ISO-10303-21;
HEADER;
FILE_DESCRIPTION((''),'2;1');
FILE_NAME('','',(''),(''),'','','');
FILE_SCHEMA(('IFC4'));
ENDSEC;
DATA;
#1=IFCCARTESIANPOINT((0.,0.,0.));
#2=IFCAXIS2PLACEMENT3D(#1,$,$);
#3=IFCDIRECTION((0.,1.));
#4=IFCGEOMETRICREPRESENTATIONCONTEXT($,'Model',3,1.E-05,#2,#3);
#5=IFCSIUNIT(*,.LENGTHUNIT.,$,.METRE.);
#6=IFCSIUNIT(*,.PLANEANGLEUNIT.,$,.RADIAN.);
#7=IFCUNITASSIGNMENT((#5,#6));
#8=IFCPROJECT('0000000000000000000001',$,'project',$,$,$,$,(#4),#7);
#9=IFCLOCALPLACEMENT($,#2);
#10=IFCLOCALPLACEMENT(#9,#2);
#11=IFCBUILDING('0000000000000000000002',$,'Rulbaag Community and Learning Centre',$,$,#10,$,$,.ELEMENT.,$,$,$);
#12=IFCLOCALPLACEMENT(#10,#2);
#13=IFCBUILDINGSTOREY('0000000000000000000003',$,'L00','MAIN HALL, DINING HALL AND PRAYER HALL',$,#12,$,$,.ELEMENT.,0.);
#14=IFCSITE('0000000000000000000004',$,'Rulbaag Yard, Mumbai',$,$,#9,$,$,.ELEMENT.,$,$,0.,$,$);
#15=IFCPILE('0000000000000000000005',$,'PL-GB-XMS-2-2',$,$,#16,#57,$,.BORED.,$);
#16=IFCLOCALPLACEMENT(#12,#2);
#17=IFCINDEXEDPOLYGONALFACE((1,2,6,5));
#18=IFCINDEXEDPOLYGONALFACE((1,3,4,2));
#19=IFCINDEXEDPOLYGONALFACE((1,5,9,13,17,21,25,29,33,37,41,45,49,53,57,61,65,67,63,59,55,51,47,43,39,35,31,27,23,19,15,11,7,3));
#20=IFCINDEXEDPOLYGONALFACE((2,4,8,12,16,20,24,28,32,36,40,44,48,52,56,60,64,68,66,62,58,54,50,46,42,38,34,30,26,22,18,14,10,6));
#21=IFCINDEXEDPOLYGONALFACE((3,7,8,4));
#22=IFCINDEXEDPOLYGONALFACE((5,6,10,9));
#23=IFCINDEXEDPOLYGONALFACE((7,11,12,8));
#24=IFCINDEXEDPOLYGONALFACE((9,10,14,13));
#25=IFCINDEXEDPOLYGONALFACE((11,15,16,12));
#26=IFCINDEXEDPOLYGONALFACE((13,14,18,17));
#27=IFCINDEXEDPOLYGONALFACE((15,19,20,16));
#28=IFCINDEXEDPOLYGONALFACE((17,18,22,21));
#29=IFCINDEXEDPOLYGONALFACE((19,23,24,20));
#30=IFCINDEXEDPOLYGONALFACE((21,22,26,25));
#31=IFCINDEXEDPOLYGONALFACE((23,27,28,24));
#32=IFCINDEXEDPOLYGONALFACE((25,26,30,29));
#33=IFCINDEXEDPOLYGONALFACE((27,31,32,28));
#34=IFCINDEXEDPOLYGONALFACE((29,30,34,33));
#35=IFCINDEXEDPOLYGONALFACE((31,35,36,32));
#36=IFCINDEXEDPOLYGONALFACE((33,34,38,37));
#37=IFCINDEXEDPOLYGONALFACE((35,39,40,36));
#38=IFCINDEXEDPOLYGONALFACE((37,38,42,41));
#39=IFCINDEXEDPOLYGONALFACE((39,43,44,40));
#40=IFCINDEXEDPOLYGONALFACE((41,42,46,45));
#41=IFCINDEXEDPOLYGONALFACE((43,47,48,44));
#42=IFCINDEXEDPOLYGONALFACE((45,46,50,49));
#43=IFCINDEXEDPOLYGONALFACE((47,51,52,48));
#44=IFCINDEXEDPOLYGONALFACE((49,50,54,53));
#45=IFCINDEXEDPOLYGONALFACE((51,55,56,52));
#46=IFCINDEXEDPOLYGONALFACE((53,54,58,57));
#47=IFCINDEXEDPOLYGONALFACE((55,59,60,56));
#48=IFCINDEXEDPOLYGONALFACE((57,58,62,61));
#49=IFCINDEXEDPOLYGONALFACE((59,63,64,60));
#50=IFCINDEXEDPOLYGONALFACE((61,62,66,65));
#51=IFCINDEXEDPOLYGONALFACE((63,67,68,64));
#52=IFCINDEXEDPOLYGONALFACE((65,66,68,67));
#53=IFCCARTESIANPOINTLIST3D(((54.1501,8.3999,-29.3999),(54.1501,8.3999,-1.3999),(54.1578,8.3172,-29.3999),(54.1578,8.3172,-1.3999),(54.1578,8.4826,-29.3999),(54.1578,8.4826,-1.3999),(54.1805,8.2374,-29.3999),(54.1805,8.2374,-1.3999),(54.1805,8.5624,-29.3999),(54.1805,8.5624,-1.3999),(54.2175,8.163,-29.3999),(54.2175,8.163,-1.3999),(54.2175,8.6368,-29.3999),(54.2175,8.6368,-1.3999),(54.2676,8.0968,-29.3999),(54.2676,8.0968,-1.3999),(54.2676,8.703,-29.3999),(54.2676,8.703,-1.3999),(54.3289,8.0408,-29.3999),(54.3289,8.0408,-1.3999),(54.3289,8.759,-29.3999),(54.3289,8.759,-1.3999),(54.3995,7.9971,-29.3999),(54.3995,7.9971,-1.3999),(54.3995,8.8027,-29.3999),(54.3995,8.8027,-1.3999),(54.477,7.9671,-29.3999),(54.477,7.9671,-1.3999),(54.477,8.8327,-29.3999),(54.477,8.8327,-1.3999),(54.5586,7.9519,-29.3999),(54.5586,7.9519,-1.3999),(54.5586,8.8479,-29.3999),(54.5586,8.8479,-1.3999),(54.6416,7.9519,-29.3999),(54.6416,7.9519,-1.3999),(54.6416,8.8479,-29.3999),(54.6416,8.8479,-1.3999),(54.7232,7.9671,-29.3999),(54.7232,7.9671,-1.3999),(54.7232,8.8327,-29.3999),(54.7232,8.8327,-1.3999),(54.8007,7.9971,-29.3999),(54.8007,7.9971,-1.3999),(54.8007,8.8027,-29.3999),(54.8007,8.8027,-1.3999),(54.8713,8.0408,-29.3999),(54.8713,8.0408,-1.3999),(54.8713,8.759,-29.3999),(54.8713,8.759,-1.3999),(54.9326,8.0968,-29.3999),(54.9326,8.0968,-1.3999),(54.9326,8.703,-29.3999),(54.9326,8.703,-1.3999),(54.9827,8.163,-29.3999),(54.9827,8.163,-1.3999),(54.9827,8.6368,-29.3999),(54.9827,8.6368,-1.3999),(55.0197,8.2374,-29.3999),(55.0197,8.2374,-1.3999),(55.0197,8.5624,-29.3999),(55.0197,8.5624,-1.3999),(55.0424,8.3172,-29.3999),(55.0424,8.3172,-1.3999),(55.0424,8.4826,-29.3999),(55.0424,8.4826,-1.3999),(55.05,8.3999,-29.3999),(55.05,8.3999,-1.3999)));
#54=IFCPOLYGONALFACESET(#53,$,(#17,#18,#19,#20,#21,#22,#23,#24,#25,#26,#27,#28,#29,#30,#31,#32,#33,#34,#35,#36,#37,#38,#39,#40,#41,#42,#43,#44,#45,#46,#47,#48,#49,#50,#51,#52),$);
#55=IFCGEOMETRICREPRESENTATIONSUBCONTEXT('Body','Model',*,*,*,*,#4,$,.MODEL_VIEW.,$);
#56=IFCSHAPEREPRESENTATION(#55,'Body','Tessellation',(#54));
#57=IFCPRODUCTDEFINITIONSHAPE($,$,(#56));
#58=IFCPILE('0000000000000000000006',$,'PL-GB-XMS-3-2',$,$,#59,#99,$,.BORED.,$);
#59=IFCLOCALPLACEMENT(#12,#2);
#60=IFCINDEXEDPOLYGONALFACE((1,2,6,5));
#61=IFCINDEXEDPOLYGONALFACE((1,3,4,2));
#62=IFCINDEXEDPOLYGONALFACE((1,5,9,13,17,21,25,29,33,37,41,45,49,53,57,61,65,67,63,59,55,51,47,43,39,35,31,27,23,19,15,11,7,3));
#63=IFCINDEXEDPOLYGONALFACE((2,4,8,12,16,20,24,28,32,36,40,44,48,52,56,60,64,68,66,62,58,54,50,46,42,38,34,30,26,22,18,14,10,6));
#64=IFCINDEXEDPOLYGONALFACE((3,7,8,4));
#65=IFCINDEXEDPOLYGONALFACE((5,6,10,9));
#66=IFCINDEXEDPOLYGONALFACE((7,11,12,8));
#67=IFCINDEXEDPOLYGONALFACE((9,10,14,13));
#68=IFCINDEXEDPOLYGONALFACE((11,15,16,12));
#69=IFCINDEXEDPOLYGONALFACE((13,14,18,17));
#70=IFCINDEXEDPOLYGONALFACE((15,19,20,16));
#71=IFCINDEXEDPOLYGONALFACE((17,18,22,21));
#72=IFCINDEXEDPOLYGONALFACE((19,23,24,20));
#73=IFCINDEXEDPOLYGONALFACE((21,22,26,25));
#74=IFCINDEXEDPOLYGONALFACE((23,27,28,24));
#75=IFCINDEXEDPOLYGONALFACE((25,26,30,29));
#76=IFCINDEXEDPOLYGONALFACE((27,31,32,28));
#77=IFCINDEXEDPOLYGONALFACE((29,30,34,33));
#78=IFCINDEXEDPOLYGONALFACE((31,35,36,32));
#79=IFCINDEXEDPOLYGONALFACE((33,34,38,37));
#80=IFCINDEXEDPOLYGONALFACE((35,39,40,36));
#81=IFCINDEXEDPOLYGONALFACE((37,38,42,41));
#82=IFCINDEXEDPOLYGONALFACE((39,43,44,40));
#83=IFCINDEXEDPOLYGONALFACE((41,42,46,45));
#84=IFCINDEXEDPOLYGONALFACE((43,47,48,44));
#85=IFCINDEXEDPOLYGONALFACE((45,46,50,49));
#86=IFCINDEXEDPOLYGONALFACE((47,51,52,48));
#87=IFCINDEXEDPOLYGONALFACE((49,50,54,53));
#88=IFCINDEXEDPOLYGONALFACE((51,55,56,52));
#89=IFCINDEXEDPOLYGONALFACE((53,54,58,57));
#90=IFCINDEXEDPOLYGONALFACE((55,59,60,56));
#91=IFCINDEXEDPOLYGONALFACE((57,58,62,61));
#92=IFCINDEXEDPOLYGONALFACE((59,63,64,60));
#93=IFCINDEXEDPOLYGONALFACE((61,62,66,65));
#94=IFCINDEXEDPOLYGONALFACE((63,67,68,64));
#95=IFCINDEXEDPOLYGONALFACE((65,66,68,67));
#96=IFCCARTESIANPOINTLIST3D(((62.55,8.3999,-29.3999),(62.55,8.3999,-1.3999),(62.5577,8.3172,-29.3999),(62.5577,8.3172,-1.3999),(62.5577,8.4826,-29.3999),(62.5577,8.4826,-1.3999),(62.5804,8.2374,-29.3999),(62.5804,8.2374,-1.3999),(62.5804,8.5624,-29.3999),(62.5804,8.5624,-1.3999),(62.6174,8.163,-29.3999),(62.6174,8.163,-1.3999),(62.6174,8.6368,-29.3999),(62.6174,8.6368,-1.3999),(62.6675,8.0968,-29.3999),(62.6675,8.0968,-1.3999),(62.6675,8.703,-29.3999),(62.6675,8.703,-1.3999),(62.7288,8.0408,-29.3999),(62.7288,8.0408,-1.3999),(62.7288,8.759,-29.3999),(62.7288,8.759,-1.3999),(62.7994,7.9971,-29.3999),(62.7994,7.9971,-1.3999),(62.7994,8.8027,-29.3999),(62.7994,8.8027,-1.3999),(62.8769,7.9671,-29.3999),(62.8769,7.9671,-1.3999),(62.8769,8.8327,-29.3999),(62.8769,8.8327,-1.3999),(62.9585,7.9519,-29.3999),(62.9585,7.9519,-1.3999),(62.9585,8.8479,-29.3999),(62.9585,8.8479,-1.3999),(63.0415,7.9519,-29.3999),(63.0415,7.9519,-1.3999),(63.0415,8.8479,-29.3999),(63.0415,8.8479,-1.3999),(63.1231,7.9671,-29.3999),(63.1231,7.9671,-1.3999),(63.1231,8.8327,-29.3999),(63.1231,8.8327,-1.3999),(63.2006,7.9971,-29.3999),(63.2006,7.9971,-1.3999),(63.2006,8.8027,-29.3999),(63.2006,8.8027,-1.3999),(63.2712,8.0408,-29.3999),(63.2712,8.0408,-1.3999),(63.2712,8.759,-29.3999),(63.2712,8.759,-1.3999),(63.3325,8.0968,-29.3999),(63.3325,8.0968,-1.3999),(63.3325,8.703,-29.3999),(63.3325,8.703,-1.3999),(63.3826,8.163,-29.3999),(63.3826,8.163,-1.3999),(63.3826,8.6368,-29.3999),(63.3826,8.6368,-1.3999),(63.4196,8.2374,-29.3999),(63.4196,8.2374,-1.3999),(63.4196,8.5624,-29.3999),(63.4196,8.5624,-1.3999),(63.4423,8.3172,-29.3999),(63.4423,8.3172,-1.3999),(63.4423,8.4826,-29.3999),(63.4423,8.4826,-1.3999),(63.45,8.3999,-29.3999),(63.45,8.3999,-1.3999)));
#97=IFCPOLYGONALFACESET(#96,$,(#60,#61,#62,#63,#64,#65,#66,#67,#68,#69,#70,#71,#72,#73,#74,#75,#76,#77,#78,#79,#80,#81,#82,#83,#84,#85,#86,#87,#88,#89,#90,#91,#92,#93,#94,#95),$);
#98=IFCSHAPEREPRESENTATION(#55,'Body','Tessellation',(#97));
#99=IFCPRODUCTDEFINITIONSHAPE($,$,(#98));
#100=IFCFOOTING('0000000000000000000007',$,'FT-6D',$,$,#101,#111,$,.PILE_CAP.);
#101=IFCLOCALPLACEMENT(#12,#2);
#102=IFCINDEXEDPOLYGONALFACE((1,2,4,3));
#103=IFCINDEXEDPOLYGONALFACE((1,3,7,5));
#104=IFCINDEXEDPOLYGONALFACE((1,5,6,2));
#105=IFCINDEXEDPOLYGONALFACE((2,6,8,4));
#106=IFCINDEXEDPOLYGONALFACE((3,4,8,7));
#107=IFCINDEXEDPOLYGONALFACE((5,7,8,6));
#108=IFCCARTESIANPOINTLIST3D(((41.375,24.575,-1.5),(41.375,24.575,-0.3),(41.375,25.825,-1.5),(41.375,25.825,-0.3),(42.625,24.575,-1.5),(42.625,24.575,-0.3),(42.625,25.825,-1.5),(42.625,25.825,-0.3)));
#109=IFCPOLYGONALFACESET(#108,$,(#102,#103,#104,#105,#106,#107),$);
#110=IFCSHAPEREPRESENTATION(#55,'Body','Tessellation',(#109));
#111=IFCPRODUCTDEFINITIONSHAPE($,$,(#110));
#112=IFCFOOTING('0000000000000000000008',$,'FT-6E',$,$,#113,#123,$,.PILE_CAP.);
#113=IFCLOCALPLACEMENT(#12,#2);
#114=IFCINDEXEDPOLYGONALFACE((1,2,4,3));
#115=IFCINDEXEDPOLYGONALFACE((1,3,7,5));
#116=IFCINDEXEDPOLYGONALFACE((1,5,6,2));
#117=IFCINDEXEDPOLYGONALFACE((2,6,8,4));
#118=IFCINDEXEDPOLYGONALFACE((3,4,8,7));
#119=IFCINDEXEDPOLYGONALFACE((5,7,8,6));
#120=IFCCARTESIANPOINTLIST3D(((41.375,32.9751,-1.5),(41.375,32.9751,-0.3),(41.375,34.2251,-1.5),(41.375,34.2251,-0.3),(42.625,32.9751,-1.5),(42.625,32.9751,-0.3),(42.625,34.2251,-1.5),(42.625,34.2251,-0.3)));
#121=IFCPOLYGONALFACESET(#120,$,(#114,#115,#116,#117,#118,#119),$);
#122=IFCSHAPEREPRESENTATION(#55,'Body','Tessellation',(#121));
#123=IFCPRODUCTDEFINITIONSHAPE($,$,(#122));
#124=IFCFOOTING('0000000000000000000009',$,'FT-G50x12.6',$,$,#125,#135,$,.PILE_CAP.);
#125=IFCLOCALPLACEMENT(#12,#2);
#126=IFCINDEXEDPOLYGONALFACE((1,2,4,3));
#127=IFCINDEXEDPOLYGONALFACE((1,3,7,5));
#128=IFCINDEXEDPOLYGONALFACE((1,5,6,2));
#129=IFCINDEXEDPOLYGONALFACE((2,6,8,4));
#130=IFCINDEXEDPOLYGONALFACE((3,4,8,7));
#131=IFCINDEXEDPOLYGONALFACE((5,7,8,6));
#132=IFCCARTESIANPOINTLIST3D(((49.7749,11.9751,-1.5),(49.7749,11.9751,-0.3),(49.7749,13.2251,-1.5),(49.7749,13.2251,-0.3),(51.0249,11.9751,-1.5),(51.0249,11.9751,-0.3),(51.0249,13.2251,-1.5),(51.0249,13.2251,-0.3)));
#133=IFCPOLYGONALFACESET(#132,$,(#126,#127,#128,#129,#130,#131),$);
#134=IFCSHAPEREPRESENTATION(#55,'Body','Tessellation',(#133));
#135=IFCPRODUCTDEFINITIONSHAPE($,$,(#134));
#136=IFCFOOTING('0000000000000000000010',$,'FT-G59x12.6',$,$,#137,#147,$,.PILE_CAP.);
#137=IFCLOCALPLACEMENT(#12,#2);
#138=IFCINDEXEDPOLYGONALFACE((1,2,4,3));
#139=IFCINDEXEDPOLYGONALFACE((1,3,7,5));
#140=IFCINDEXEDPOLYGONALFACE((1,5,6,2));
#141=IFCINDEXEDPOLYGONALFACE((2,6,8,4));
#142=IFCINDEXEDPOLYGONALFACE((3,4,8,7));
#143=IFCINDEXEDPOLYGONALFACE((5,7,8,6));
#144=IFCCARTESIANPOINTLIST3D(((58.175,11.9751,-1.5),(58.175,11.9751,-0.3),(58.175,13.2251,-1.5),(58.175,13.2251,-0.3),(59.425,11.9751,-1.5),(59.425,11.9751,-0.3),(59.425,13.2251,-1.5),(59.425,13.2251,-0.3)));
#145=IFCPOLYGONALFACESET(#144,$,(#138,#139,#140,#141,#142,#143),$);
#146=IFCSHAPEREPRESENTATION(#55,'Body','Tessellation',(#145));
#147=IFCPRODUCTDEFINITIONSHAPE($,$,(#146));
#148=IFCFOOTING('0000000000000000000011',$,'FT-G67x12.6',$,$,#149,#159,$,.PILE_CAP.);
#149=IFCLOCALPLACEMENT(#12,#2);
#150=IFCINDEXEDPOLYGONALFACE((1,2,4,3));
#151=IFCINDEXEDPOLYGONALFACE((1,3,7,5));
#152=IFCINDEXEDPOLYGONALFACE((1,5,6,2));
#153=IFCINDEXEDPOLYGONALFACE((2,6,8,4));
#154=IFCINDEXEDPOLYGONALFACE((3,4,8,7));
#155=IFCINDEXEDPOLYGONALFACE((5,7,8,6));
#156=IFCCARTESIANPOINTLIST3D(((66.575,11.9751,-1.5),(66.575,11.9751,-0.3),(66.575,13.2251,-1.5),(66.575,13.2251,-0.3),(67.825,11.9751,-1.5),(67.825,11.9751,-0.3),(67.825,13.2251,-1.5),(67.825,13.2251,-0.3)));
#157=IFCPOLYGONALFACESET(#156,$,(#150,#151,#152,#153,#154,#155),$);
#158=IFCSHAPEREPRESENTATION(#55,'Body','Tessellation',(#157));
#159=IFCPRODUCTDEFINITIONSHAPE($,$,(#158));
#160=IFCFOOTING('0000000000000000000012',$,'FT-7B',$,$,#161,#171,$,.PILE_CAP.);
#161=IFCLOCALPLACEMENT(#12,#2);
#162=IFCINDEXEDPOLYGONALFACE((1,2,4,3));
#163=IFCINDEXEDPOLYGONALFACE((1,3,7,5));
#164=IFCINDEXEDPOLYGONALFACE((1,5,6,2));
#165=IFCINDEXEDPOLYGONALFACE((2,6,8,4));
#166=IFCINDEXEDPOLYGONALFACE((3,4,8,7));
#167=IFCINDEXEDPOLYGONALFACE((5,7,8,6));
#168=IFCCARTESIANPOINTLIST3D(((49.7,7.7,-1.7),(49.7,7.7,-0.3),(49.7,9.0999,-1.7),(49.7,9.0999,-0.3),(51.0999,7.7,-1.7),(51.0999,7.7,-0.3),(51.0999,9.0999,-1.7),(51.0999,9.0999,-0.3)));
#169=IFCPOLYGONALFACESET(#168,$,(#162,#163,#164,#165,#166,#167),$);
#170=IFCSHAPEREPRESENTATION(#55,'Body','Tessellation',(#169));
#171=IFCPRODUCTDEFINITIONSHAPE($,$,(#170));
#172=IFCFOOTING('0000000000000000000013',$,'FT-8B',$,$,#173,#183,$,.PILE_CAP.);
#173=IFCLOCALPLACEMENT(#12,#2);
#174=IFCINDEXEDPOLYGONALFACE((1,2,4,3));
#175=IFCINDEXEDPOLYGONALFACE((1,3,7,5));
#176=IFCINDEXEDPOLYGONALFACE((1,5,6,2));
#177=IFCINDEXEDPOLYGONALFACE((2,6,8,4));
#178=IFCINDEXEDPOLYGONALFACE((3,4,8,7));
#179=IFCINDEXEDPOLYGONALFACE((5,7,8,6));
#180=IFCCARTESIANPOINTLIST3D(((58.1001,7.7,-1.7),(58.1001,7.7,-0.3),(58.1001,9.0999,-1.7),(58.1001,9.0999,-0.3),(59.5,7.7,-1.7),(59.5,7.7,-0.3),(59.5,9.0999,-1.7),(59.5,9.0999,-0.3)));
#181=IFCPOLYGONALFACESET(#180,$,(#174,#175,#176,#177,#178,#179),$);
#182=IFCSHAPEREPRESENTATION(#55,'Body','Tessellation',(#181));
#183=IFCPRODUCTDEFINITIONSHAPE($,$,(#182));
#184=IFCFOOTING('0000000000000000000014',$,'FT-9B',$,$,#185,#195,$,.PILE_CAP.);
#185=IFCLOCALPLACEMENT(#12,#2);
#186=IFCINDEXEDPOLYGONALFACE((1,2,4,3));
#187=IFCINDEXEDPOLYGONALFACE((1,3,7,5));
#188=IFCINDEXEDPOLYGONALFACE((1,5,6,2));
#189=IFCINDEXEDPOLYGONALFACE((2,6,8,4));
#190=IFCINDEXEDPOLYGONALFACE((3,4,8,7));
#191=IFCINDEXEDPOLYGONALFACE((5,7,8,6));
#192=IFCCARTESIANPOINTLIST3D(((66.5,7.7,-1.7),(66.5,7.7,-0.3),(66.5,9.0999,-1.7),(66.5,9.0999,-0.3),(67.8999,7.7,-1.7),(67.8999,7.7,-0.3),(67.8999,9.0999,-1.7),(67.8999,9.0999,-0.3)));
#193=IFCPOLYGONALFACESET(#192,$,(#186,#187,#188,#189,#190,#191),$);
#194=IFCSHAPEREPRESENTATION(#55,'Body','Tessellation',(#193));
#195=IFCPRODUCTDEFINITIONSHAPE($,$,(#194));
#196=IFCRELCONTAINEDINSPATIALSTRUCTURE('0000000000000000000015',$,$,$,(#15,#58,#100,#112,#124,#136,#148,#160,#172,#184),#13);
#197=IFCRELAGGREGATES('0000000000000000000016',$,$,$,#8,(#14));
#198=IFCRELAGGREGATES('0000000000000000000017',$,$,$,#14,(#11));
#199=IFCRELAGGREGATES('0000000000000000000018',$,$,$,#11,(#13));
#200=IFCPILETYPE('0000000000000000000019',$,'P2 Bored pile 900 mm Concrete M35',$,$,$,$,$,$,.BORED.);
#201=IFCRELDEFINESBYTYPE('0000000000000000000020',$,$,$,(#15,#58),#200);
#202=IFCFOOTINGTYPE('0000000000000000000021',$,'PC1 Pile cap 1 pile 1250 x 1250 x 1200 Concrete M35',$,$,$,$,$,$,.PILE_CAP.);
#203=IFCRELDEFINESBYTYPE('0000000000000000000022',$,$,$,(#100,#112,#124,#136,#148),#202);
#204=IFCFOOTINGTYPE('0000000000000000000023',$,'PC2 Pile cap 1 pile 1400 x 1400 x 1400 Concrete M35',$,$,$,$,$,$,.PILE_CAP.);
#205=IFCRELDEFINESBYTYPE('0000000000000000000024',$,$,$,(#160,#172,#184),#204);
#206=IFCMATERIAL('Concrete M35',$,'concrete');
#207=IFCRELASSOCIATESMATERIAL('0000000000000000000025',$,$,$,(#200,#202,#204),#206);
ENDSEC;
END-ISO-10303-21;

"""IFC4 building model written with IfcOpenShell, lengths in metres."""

from ifc_helpers import new_model, si_unit, direction, frame, origin, origin_2d, place, context, subcontext, project, spatial, rectangle, circle, extrude, material, material_profile, profile_set, type_object, element, save


model = new_model("IFC4")

# Units and contexts
model_context = context("Model", 3, precision=1e-05, world=origin(), true_north=direction((0.0, 1.0)))
body_context = subcontext(model_context, "Body", "Model", "MODEL_VIEW")
ifc_project = project(units=[si_unit("LENGTHUNIT", "METRE"), si_unit("PLANEANGLEUNIT", "RADIAN")], contexts=[model_context])

# Site, building, storey
site_placement = place(None, origin())
site = spatial("IfcSite", under=ifc_project, at=site_placement, Name="Rulbaag Yard, Mumbai", CompositionType="ELEMENT", RefElevation=0.0)
building_placement = place(site_placement, origin())
building = spatial("IfcBuilding", under=site, at=building_placement, Name="Rulbaag Community and Learning Centre", CompositionType="ELEMENT")
storey_placement = place(building_placement, origin())
storey = spatial("IfcBuildingStorey", under=building, at=storey_placement, Name="L00", Description="MAIN HALL, DINING HALL AND PRAYER HALL", CompositionType="ELEMENT", Elevation=0.0)

# Shared definitions
ifc_material_1 = material(Name="Concrete M35", Category="concrete")

# Piles
ifc_material_profile_1 = material_profile(ifc_material_1, circle(Radius=0.45, at=origin_2d()), Name="BP900")
ifc_profile_set_1 = profile_set([ifc_material_profile_1], Name="Concrete M35")
pile_type_1 = type_object("IfcPileType", Name="P2 Bored pile 900 mm Concrete M35", PredefinedType="BORED", material=ifc_profile_set_1)
for number, where, z_axis, x_axis, name in (
    (1, (54.6001, 8.3999, -1.3999), (0.0, 0.0, -1.0), (1.0, 0.0, 0.0), "PL-GB-XMS-2-2"),
    (2, (63.0, 8.3999, -1.3999), (0.0, 0.0, -1.0), (1.0, 0.0, 0.0), "PL-GB-XMS-3-2"),
):
    element("IfcPile", number, at=place(storey_placement, frame(where, z_axis=z_axis, x_axis=x_axis)), inside=storey, type_object=pile_type_1, Name=name, PredefinedType="BORED", context=body_context, shape_type="SweptSolid", body=[
        extrude(circle(Radius=0.45, at=origin_2d()), origin(), (0.0, 0.0, 1.0), 28.0),
    ])

# Footings
footing_type_1 = type_object("IfcFootingType", Name="PC1 Pile cap 1 pile 1250 x 1250 x 1200 Concrete M35", PredefinedType="PILE_CAP", material=ifc_material_1)
for number, where, z_axis, x_axis, name in (
    (3, (42.0, 25.2, -1.5), (0.0, 0.0, 1.0), (1.0, 0.0, 0.0), "FT-6D"),
    (4, (42.0, 33.6001, -1.5), (0.0, 0.0, 1.0), (1.0, 0.0, 0.0), "FT-6E"),
    (5, (50.3999, 12.6001, -1.5), (0.0, 0.0, 1.0), (1.0, 0.0, 0.0), "FT-G50x12.6"),
    (6, (58.8, 12.6001, -1.5), (0.0, 0.0, 1.0), (1.0, 0.0, 0.0), "FT-G59x12.6"),
    (7, (67.2, 12.6001, -1.5), (0.0, 0.0, 1.0), (1.0, 0.0, 0.0), "FT-G67x12.6"),
):
    element("IfcFooting", number, at=place(storey_placement, frame(where, z_axis=z_axis, x_axis=x_axis)), inside=storey, type_object=footing_type_1, Name=name, PredefinedType="PILE_CAP", context=body_context, shape_type="SweptSolid", body=[
        extrude(rectangle(XDim=1.25, YDim=1.25, at=origin_2d()), origin(), (0.0, 0.0, 1.0), 1.2),
    ])
footing_type_2 = type_object("IfcFootingType", Name="PC2 Pile cap 1 pile 1400 x 1400 x 1400 Concrete M35", PredefinedType="PILE_CAP", material=ifc_material_1)
for number, where, z_axis, x_axis, name in (
    (8, (50.3999, 8.3999, -1.7), (0.0, 0.0, 1.0), (1.0, 0.0, 0.0), "FT-7B"),
    (9, (58.8, 8.3999, -1.7), (0.0, 0.0, 1.0), (1.0, 0.0, 0.0), "FT-8B"),
    (10, (67.2, 8.3999, -1.7), (0.0, 0.0, 1.0), (1.0, 0.0, 0.0), "FT-9B"),
):
    element("IfcFooting", number, at=place(storey_placement, frame(where, z_axis=z_axis, x_axis=x_axis)), inside=storey, type_object=footing_type_2, Name=name, PredefinedType="PILE_CAP", context=body_context, shape_type="SweptSolid", body=[
        extrude(rectangle(XDim=1.3999, YDim=1.3999, at=origin_2d()), origin(), (0.0, 0.0, 1.0), 1.3999),
    ])

save(model, "model.ifc")
